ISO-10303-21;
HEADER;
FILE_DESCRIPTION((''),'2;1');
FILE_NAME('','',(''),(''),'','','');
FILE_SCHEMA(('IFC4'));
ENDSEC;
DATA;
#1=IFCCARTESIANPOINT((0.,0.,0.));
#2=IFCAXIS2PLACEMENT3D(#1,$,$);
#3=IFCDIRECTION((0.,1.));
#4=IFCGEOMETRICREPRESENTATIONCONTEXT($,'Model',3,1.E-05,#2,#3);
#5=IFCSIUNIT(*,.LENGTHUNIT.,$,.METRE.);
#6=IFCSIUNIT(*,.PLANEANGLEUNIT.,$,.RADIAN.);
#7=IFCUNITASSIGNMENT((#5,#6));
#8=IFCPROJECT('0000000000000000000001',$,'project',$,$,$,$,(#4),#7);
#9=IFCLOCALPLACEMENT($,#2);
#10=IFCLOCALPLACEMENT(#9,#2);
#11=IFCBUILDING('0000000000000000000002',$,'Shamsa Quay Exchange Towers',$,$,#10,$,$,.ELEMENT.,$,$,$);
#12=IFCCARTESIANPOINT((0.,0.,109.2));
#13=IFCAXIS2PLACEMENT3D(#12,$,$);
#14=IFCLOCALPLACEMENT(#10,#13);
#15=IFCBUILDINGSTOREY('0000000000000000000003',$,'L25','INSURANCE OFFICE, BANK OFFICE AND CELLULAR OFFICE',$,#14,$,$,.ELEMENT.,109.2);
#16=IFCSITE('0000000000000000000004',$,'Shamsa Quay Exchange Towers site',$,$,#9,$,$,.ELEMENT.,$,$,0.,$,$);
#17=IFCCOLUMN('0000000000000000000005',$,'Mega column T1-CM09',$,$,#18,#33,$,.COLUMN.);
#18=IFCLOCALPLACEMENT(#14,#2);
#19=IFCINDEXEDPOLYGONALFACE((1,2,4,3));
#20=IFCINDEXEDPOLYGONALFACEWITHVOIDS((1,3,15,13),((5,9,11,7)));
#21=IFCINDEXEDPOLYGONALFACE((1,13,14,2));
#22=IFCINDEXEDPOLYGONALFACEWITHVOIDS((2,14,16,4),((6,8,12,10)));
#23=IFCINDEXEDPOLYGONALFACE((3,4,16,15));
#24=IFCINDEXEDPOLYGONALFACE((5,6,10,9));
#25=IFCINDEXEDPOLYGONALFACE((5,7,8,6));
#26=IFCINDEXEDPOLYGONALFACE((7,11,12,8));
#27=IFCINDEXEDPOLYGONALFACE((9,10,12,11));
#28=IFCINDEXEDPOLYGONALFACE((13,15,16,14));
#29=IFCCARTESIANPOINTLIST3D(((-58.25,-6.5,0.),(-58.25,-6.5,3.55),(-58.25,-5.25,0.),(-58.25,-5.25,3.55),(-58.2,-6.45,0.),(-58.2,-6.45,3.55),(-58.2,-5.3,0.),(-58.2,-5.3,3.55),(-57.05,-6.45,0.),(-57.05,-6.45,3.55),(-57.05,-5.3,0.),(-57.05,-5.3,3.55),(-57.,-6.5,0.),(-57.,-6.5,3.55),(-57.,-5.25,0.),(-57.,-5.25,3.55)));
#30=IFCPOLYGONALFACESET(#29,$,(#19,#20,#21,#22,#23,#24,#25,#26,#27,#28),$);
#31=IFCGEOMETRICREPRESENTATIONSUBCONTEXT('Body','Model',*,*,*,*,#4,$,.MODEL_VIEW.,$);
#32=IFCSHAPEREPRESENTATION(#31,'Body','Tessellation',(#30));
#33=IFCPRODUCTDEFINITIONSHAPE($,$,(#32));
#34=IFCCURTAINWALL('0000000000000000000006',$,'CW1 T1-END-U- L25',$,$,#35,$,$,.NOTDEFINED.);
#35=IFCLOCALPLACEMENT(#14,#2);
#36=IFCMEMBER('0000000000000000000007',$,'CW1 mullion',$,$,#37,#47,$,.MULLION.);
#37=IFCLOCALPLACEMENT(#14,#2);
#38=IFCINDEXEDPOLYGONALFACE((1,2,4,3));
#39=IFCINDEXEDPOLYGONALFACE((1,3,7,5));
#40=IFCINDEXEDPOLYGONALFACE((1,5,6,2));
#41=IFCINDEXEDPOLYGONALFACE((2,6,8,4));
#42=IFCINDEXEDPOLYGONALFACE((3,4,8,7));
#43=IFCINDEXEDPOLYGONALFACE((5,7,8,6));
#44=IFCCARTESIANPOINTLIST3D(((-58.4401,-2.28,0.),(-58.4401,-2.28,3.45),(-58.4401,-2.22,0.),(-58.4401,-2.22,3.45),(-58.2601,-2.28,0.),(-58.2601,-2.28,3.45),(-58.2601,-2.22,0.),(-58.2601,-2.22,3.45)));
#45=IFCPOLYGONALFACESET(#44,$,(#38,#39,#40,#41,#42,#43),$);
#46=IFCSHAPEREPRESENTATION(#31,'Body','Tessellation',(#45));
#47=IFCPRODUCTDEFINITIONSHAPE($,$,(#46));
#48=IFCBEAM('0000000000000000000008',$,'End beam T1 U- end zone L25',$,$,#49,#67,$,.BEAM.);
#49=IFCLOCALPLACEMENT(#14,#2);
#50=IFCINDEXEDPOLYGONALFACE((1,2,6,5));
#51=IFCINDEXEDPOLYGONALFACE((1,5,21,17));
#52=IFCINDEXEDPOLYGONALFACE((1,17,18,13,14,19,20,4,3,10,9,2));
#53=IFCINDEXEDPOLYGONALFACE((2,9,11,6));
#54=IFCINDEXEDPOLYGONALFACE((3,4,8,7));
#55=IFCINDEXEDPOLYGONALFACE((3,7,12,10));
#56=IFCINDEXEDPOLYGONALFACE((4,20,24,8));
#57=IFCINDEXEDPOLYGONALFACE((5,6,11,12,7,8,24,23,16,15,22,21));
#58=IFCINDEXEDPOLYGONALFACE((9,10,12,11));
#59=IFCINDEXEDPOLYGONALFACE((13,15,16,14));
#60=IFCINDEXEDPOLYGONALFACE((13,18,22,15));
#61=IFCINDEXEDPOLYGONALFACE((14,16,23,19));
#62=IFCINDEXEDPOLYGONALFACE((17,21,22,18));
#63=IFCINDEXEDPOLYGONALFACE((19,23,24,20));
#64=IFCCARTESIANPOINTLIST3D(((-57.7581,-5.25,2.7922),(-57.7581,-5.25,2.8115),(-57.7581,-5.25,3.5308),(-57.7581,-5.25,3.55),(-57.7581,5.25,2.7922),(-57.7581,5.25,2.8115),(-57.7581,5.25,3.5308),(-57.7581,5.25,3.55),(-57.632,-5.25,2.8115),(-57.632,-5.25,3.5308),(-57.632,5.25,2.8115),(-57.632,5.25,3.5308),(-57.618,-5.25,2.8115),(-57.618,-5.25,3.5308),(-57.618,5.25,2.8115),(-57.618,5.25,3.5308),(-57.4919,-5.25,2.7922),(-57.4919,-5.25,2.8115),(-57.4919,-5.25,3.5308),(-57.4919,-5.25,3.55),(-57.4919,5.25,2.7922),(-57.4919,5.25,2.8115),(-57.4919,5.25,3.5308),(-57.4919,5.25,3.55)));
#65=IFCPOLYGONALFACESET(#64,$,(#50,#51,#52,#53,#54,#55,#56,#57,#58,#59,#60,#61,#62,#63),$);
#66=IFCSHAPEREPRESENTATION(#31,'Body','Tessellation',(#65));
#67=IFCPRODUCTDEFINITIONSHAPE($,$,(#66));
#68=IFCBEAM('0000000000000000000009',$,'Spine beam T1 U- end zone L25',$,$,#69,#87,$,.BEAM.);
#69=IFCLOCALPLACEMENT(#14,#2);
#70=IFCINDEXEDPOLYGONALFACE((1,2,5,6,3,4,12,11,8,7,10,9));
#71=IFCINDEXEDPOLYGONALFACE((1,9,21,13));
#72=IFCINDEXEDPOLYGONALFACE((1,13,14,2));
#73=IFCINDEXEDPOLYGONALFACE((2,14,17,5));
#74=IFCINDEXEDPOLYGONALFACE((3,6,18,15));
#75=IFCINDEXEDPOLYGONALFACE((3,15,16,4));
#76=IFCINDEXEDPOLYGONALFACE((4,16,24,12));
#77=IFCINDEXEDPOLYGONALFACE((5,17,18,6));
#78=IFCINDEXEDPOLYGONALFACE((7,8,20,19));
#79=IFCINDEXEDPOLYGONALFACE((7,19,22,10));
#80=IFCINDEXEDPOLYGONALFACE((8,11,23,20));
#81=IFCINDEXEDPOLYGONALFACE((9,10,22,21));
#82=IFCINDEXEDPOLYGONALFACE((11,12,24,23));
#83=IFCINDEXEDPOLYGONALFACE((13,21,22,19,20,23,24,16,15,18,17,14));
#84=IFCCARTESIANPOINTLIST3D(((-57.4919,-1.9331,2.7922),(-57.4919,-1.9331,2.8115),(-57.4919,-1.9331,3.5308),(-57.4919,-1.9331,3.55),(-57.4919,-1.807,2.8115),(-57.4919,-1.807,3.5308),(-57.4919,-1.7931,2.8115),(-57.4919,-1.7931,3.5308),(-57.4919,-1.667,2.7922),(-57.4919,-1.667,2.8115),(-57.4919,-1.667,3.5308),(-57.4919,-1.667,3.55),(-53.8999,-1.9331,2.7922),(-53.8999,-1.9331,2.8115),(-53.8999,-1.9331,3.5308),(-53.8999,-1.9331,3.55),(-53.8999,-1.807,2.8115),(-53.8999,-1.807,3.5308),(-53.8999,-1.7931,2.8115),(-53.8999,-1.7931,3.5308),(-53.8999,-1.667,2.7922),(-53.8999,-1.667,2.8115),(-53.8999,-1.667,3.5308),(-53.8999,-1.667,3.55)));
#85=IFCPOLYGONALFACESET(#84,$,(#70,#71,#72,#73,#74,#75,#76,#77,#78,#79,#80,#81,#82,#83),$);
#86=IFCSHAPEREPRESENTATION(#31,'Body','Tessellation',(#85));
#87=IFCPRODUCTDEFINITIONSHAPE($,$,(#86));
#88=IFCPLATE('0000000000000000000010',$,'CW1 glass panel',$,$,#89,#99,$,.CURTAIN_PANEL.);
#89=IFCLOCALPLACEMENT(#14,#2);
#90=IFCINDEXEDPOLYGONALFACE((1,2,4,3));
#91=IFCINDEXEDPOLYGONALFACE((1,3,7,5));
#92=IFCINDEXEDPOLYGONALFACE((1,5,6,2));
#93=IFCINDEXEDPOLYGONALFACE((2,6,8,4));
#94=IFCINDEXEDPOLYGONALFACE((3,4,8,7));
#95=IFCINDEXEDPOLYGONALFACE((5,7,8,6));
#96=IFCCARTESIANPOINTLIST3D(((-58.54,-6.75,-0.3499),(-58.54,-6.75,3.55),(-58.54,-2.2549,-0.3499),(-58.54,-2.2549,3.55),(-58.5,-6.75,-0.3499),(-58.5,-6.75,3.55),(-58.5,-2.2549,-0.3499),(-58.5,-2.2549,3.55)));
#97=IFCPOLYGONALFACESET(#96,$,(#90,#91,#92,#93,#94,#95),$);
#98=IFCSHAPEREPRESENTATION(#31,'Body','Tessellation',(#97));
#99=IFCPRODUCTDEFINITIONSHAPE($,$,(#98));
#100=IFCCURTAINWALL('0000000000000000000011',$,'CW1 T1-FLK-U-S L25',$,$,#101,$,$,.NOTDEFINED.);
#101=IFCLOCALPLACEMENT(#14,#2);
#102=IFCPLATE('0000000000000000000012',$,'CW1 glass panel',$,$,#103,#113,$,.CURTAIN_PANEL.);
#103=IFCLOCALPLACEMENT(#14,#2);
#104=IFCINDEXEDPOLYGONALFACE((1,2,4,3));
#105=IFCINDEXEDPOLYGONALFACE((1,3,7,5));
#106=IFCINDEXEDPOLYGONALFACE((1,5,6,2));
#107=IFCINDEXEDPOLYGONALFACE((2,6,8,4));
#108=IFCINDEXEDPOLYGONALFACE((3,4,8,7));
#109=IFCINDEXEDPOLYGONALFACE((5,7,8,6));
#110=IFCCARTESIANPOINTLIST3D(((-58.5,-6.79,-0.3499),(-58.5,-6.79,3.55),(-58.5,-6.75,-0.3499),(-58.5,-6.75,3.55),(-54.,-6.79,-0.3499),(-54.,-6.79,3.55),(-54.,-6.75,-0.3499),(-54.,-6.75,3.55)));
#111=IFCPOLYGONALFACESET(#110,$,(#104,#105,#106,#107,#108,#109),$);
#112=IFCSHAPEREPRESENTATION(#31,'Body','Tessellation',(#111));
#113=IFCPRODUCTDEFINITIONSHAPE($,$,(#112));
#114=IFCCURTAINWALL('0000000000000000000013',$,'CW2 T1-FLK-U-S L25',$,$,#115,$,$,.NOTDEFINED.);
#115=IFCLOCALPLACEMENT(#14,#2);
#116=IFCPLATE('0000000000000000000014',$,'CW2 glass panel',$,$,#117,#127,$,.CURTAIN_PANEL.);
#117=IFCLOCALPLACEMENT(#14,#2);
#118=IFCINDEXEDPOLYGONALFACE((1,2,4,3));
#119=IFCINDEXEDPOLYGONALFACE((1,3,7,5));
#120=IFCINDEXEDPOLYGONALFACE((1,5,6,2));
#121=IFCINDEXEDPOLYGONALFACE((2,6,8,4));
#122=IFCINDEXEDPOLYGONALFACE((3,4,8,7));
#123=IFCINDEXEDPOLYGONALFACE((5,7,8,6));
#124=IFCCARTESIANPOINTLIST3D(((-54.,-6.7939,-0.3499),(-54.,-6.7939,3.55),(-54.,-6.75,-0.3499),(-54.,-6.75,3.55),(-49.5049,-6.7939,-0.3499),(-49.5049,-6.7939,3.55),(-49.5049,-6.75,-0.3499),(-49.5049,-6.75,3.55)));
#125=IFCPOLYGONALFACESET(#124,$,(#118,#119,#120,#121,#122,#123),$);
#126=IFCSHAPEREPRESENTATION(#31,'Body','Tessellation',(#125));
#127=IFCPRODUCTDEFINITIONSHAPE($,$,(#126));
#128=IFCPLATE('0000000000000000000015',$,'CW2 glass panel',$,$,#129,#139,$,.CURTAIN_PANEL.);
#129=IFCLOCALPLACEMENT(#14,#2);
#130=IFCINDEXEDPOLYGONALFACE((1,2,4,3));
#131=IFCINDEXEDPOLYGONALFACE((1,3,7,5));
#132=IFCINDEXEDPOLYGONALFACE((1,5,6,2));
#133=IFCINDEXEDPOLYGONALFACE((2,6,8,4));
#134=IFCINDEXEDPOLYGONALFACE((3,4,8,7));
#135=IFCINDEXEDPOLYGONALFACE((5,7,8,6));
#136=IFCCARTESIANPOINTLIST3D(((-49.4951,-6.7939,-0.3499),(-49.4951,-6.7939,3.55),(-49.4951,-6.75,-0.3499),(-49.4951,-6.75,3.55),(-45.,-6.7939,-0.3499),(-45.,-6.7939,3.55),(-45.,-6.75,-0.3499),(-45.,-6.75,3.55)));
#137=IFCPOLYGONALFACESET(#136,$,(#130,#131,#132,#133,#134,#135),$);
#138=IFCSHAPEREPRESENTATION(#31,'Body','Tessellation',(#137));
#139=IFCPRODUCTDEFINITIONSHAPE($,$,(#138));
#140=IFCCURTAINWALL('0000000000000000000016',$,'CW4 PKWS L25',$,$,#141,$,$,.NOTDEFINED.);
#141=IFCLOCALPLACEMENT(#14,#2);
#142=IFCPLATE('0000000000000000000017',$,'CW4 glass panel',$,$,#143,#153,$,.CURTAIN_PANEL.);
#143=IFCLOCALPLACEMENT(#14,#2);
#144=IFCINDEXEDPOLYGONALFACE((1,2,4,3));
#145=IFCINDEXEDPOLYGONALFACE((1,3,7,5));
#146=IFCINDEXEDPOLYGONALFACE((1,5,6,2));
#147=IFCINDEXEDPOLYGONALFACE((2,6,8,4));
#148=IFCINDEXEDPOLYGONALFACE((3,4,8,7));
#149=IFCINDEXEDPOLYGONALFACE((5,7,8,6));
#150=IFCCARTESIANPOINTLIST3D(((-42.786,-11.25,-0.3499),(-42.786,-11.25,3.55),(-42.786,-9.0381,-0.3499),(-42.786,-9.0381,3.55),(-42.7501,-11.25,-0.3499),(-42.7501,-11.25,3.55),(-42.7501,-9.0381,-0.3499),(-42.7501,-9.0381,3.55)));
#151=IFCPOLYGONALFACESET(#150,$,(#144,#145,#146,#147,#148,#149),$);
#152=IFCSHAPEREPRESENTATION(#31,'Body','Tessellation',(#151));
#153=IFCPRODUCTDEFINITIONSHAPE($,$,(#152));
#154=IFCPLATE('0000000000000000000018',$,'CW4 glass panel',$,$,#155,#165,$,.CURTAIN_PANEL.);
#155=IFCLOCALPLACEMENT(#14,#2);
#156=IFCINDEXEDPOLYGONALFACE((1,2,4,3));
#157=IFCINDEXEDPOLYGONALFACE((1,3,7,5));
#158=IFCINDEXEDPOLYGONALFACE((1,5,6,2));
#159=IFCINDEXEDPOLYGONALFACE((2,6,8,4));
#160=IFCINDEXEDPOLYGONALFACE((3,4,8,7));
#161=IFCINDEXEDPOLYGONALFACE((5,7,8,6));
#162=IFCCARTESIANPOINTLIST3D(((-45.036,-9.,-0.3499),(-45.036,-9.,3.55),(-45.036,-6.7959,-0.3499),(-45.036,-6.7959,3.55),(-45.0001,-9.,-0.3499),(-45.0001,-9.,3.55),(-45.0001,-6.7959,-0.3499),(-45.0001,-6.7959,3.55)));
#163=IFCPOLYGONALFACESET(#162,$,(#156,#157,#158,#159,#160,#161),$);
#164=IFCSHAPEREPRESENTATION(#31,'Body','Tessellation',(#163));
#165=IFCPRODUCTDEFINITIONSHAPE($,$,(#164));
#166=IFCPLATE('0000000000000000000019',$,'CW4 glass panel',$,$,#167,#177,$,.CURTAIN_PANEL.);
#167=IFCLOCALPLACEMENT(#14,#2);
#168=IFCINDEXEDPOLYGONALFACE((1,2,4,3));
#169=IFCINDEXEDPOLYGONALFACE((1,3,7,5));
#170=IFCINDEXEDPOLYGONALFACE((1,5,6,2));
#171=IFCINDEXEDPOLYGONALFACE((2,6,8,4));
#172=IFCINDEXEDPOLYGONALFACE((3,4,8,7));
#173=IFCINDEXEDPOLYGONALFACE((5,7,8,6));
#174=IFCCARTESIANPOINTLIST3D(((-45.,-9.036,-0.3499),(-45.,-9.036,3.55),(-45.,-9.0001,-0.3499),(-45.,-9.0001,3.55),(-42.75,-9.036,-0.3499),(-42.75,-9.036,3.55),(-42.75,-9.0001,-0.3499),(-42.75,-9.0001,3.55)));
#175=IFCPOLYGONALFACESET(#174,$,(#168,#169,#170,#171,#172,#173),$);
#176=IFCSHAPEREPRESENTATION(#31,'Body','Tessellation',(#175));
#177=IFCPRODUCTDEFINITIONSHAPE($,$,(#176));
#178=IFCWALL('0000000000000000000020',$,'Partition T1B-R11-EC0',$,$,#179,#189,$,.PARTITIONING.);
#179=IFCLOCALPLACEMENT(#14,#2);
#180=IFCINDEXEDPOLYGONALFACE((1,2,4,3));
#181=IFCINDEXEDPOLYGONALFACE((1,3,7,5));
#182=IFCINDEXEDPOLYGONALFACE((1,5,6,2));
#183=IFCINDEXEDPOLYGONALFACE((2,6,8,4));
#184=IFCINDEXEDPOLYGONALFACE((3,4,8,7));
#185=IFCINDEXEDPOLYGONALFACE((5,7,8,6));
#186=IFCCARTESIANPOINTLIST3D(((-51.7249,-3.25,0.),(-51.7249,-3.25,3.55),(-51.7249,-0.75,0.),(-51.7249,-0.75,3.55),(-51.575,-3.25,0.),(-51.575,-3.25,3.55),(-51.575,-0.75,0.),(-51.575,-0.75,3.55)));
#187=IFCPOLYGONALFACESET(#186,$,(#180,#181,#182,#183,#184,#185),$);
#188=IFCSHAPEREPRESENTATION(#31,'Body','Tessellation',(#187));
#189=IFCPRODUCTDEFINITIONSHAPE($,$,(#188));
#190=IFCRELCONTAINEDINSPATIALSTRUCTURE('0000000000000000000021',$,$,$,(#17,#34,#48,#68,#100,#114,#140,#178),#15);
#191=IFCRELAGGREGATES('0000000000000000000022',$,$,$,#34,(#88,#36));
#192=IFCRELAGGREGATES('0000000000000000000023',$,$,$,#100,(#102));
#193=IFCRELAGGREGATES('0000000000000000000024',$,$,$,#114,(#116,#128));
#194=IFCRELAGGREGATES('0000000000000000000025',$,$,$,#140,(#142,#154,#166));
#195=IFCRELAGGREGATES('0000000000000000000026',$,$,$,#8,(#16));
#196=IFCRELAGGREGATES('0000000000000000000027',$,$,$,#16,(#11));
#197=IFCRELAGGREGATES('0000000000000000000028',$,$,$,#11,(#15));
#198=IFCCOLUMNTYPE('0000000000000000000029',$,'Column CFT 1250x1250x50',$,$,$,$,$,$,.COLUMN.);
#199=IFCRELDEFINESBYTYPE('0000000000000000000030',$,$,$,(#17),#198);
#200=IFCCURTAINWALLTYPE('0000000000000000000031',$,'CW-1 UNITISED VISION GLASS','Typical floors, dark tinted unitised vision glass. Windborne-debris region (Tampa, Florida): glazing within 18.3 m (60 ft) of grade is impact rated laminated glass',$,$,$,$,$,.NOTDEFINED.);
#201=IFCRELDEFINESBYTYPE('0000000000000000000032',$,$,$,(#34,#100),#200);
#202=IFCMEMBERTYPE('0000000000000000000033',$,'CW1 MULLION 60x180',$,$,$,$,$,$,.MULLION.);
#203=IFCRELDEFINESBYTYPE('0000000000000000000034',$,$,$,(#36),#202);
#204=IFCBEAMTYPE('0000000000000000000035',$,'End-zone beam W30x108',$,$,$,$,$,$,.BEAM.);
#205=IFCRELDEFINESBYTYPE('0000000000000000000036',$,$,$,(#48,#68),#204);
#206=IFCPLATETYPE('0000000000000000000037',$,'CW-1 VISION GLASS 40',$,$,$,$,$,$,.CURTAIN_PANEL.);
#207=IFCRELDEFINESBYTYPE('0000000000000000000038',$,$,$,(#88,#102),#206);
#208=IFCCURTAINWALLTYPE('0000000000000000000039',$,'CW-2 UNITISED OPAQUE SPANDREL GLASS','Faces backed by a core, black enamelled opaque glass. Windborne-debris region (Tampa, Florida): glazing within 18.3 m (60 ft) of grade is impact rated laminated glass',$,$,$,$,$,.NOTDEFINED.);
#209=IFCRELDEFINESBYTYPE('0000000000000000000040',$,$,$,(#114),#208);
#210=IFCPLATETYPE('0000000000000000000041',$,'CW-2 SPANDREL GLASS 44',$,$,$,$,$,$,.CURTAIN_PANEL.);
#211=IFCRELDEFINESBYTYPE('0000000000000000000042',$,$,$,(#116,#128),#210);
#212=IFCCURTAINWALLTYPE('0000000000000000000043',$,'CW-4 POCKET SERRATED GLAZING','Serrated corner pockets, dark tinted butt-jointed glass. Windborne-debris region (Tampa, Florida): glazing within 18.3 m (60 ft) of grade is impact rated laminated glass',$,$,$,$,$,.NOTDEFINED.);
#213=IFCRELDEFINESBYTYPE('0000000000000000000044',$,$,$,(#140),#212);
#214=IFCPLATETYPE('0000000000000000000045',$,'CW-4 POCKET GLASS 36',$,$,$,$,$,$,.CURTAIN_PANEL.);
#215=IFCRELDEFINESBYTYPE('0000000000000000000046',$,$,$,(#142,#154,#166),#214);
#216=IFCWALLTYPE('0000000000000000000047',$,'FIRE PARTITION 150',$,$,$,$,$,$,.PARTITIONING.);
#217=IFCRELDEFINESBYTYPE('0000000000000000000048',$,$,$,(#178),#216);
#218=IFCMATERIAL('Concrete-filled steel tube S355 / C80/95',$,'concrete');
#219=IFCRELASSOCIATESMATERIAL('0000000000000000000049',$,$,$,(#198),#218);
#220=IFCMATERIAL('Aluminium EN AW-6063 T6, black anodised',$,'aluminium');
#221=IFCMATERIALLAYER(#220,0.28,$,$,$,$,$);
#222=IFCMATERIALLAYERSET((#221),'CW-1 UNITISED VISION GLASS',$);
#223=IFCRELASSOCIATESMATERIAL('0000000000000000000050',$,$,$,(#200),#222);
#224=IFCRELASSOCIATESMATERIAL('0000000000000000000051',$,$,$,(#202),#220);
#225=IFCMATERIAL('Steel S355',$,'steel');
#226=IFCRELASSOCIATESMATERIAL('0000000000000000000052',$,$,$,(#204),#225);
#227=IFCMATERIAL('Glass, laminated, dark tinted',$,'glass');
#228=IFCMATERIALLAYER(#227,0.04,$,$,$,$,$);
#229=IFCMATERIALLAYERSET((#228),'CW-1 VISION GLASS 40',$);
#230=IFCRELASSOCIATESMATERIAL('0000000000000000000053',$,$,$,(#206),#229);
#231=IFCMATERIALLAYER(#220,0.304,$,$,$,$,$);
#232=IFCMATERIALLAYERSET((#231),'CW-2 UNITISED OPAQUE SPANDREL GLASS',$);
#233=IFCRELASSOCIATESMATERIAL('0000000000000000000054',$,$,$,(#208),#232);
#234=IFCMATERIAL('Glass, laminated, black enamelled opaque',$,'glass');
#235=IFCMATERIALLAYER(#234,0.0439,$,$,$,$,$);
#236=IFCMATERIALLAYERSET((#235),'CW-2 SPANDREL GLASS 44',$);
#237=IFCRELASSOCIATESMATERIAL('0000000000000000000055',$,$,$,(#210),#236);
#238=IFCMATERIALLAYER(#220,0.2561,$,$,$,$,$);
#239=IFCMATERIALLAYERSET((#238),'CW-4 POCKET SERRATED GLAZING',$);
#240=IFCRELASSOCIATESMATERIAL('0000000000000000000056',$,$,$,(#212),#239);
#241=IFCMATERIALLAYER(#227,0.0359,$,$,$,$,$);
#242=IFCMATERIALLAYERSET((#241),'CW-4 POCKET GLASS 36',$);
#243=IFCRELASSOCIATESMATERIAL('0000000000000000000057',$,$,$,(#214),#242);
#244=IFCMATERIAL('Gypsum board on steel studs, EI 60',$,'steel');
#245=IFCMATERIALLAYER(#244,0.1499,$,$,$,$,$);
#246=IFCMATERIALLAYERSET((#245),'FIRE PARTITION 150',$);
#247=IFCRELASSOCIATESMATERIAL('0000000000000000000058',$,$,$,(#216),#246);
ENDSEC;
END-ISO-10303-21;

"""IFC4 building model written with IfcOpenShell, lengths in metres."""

from ifc_helpers import new_model, si_unit, direction, frame, frame_2d, origin, origin_2d, place, context, subcontext, project, spatial, rectangle, hollow_rectangle, i_section, extrude, material, layer, layer_set, material_profile, profile_set, type_object, element, aggregate, save


model = new_model("IFC4")

# Units and contexts
model_context = context("Model", 3, precision=1e-05, world=origin(), true_north=direction((0.0, 1.0)))
body_context = subcontext(model_context, "Body", "Model", "MODEL_VIEW")
ifc_project = project(units=[si_unit("LENGTHUNIT", "METRE"), si_unit("PLANEANGLEUNIT", "RADIAN")], contexts=[model_context])

# Site, building, storey
site_placement = place(None, origin())
site = spatial("IfcSite", under=ifc_project, at=site_placement, Name="Shamsa Quay Exchange Towers site", CompositionType="ELEMENT", RefElevation=0.0)
building_placement = place(site_placement, origin())
building = spatial("IfcBuilding", under=site, at=building_placement, Name="Shamsa Quay Exchange Towers", CompositionType="ELEMENT")
storey_placement = place(building_placement, frame((0.0, 0.0, 109.2)))
storey = spatial("IfcBuildingStorey", under=building, at=storey_placement, Name="L25", Description="INSURANCE OFFICE, BANK OFFICE AND CELLULAR OFFICE", CompositionType="ELEMENT", Elevation=109.2)

# Column
ifc_material_1 = material(Name="Concrete-filled steel tube S355 / C80/95", Category="concrete")
ifc_material_profile_1 = material_profile(ifc_material_1, hollow_rectangle(XDim=1.25, YDim=1.25, WallThickness=0.05, at=origin_2d()), Name="CFT 1250x1250x50")
ifc_profile_set_1 = profile_set([ifc_material_profile_1], Name="Concrete-filled steel tube S355 / C80/95")
column_type = type_object("IfcColumnType", Name="Column CFT 1250x1250x50", PredefinedType="COLUMN", material=ifc_profile_set_1)
column_placement = place(storey_placement, frame((-57.625, -5.875, 0.0)))
element("IfcColumn", 1, at=column_placement, inside=storey, type_object=column_type, Name="Mega column T1-CM09", PredefinedType="COLUMN", context=body_context, shape_type="SweptSolid", body=[
    extrude(hollow_rectangle(XDim=1.25, YDim=1.25, WallThickness=0.05, at=origin_2d()), origin(), (0.0, 0.0, 1.0), 3.55),
])

# Curtain wall, member
ifc_material_2 = material(Name="Aluminium EN AW-6063 T6, black anodised", Category="aluminium")
ifc_layer_1 = layer(ifc_material_2, 0.28)
ifc_layer_set_1 = layer_set([ifc_layer_1], Name="CW-1 UNITISED VISION GLASS")
curtain_wall_type_1 = type_object("IfcCurtainWallType", Name="CW-1 UNITISED VISION GLASS", Description="Typical floors, dark tinted unitised vision glass. Windborne-debris region (Tampa, Florida): glazing within 18.3 m (60 ft) of grade is impact rated laminated glass", PredefinedType="NOTDEFINED", material=ifc_layer_set_1)
curtain_wall_1_placement = place(storey_placement, origin())
curtain_wall_1 = element("IfcCurtainWall", 2, at=curtain_wall_1_placement, inside=storey, type_object=curtain_wall_type_1, Name="CW1 T1-END-U- L25", PredefinedType="NOTDEFINED")
ifc_material_profile_2 = material_profile(ifc_material_2, rectangle(XDim=0.1799, YDim=0.0601, at=origin_2d()), Name="MU60x180")
ifc_profile_set_2 = profile_set([ifc_material_profile_2], Name="Aluminium EN AW-6063 T6, black anodised")
member_type = type_object("IfcMemberType", Name="CW1 MULLION 60x180", PredefinedType="MULLION", material=ifc_profile_set_2)
member_placement = place(storey_placement, frame((-58.3501, -2.25, 0.0)))
member = element("IfcMember", 3, at=member_placement, type_object=member_type, Name="CW1 mullion", PredefinedType="MULLION", context=body_context, shape_type="SweptSolid", body=[
    extrude(rectangle(XDim=0.1799, YDim=0.0601, at=origin_2d()), origin(), (0.0, 0.0, 1.0), 3.45),
])

# Beams
ifc_material_3 = material(Name="Steel S355", Category="steel")
ifc_material_profile_3 = material_profile(ifc_material_3, i_section(OverallWidth=0.2661, OverallDepth=0.7578, WebThickness=0.0139, FlangeThickness=0.0193, at=origin_2d()), Name="W30x108")
ifc_profile_set_3 = profile_set([ifc_material_profile_3], Name="Steel S355")
beam_type = type_object("IfcBeamType", Name="End-zone beam W30x108", PredefinedType="BEAM", material=ifc_profile_set_3)
beam_1_placement = place(storey_placement, frame((-57.625, -5.25, 3.1711), z_axis=(0.0, 1.0, 0.0), x_axis=(-1.0, 0.0, 0.0)))
element("IfcBeam", 4, at=beam_1_placement, inside=storey, type_object=beam_type, Name="End beam T1 U- end zone L25", PredefinedType="BEAM", context=body_context, shape_type="SweptSolid", body=[
    extrude(i_section(OverallWidth=0.2661, OverallDepth=0.7578, WebThickness=0.0139, FlangeThickness=0.0193, at=origin_2d()), origin(), (0.0, 0.0, 1.0), 10.5),
])
beam_2_placement = place(storey_placement, frame((-53.8999, -1.8, 3.1711), z_axis=(-1.0, 0.0, 0.0), x_axis=(0.0, -1.0, 0.0)))
element("IfcBeam", 5, at=beam_2_placement, inside=storey, type_object=beam_type, Name="Spine beam T1 U- end zone L25", PredefinedType="BEAM", context=body_context, shape_type="SweptSolid", body=[
    extrude(i_section(OverallWidth=0.2661, OverallDepth=0.7578, WebThickness=0.0139, FlangeThickness=0.0193, at=origin_2d()), origin(), (0.0, 0.0, 1.0), 3.592),
])

# Plate
ifc_material_4 = material(Name="Glass, laminated, dark tinted", Category="glass")
ifc_layer_2 = layer(ifc_material_4, 0.04)
ifc_layer_set_2 = layer_set([ifc_layer_2], Name="CW-1 VISION GLASS 40")
plate_type_1 = type_object("IfcPlateType", Name="CW-1 VISION GLASS 40", PredefinedType="CURTAIN_PANEL", material=ifc_layer_set_2)
plate_1_placement = place(storey_placement, frame((-58.52, -4.5024, -0.3499), z_axis=(0.0, 0.0, 1.0), x_axis=(0.0, -1.0, 0.0)))
plate_1 = element("IfcPlate", 6, at=plate_1_placement, type_object=plate_type_1, Name="CW1 glass panel", PredefinedType="CURTAIN_PANEL", context=body_context, shape_type="SweptSolid", body=[
    extrude(rectangle(XDim=4.4951, YDim=0.04, at=origin_2d()), origin(), (0.0, 0.0, 1.0), 3.8999),
])
aggregate(curtain_wall_1, [plate_1, member])

# Curtain wall, plate
curtain_wall_2_placement = place(storey_placement, origin())
curtain_wall_2 = element("IfcCurtainWall", 7, at=curtain_wall_2_placement, inside=storey, type_object=curtain_wall_type_1, Name="CW1 T1-FLK-U-S L25", PredefinedType="NOTDEFINED")
plate_2_placement = place(storey_placement, frame((-56.25, -6.77, -0.3499)))
plate_2 = element("IfcPlate", 8, at=plate_2_placement, type_object=plate_type_1, Name="CW1 glass panel", PredefinedType="CURTAIN_PANEL", context=body_context, shape_type="SweptSolid", body=[
    extrude(rectangle(XDim=4.5, YDim=0.04, at=origin_2d()), origin(), (0.0, 0.0, 1.0), 3.8999),
])
aggregate(curtain_wall_2, [plate_2])

# Curtain walls, plates
ifc_layer_3 = layer(ifc_material_2, 0.304)
ifc_layer_set_3 = layer_set([ifc_layer_3], Name="CW-2 UNITISED OPAQUE SPANDREL GLASS")
curtain_wall_type_2 = type_object("IfcCurtainWallType", Name="CW-2 UNITISED OPAQUE SPANDREL GLASS", Description="Faces backed by a core, black enamelled opaque glass. Windborne-debris region (Tampa, Florida): glazing within 18.3 m (60 ft) of grade is impact rated laminated glass", PredefinedType="NOTDEFINED", material=ifc_layer_set_3)
curtain_wall_3_placement = place(storey_placement, origin())
curtain_wall_3 = element("IfcCurtainWall", 9, at=curtain_wall_3_placement, inside=storey, type_object=curtain_wall_type_2, Name="CW2 T1-FLK-U-S L25", PredefinedType="NOTDEFINED")
ifc_material_5 = material(Name="Glass, laminated, black enamelled opaque", Category="glass")
ifc_layer_4 = layer(ifc_material_5, 0.0439)
ifc_layer_set_4 = layer_set([ifc_layer_4], Name="CW-2 SPANDREL GLASS 44")
plate_type_2 = type_object("IfcPlateType", Name="CW-2 SPANDREL GLASS 44", PredefinedType="CURTAIN_PANEL", material=ifc_layer_set_4)
plate_3_placement = place(storey_placement, frame((-51.7524, -6.772, -0.3499)))
plate_3 = element("IfcPlate", 10, at=plate_3_placement, type_object=plate_type_2, Name="CW2 glass panel", PredefinedType="CURTAIN_PANEL", context=body_context, shape_type="SweptSolid", body=[
    extrude(rectangle(XDim=4.4951, YDim=0.0439, at=origin_2d()), origin(), (0.0, 0.0, 1.0), 3.8999),
])
plate_4_placement = place(storey_placement, frame((-47.2476, -6.772, -0.3499)))
plate_4 = element("IfcPlate", 11, at=plate_4_placement, type_object=plate_type_2, Name="CW2 glass panel", PredefinedType="CURTAIN_PANEL", context=body_context, shape_type="SweptSolid", body=[
    extrude(rectangle(XDim=4.4951, YDim=0.0439, at=origin_2d()), origin(), (0.0, 0.0, 1.0), 3.8999),
])
aggregate(curtain_wall_3, [plate_3, plate_4])
ifc_layer_5 = layer(ifc_material_2, 0.2561)
ifc_layer_set_5 = layer_set([ifc_layer_5], Name="CW-4 POCKET SERRATED GLAZING")
curtain_wall_type_3 = type_object("IfcCurtainWallType", Name="CW-4 POCKET SERRATED GLAZING", Description="Serrated corner pockets, dark tinted butt-jointed glass. Windborne-debris region (Tampa, Florida): glazing within 18.3 m (60 ft) of grade is impact rated laminated glass", PredefinedType="NOTDEFINED", material=ifc_layer_set_5)
curtain_wall_4_placement = place(storey_placement, origin())
curtain_wall_4 = element("IfcCurtainWall", 12, at=curtain_wall_4_placement, inside=storey, type_object=curtain_wall_type_3, Name="CW4 PKWS L25", PredefinedType="NOTDEFINED")
ifc_layer_6 = layer(ifc_material_4, 0.0359)
ifc_layer_set_6 = layer_set([ifc_layer_6], Name="CW-4 POCKET GLASS 36")
plate_type_3 = type_object("IfcPlateType", Name="CW-4 POCKET GLASS 36", PredefinedType="CURTAIN_PANEL", material=ifc_layer_set_6)
plate_5_placement = place(storey_placement, frame((-42.7681, -10.144, -0.3499), z_axis=(0.0, 0.0, 1.0), x_axis=(0.0, -1.0, 0.0)))
plate_5 = element("IfcPlate", 13, at=plate_5_placement, type_object=plate_type_3, Name="CW4 glass panel", PredefinedType="CURTAIN_PANEL", context=body_context, shape_type="SweptSolid", body=[
    extrude(rectangle(XDim=2.2119, YDim=0.0359, at=origin_2d()), origin(), (0.0, 0.0, 1.0), 3.8999),
])
plate_6_placement = place(storey_placement, frame((-45.0181, -7.8979, -0.3499), z_axis=(0.0, 0.0, 1.0), x_axis=(0.0, -1.0, 0.0)))
plate_6 = element("IfcPlate", 14, at=plate_6_placement, type_object=plate_type_3, Name="CW4 glass panel", PredefinedType="CURTAIN_PANEL", context=body_context, shape_type="SweptSolid", body=[
    extrude(rectangle(XDim=2.2041, YDim=0.0359, at=origin_2d()), origin(), (0.0, 0.0, 1.0), 3.8999),
])
plate_7_placement = place(storey_placement, frame((-43.875, -9.0181, -0.3499)))
plate_7 = element("IfcPlate", 15, at=plate_7_placement, type_object=plate_type_3, Name="CW4 glass panel", PredefinedType="CURTAIN_PANEL", context=body_context, shape_type="SweptSolid", body=[
    extrude(rectangle(XDim=2.25, YDim=0.0359, at=origin_2d()), origin(), (0.0, 0.0, 1.0), 3.8999),
])
aggregate(curtain_wall_4, [plate_5, plate_6, plate_7])

# Wall
ifc_material_6 = material(Name="Gypsum board on steel studs, EI 60", Category="steel")
ifc_layer_7 = layer(ifc_material_6, 0.1499)
ifc_layer_set_7 = layer_set([ifc_layer_7], Name="FIRE PARTITION 150")
wall_type_1 = type_object("IfcWallType", Name="FIRE PARTITION 150", PredefinedType="PARTITIONING", material=ifc_layer_set_7)
wall_1_placement = place(storey_placement, frame((-51.6499, -3.25, 0.0), z_axis=(0.0, 0.0, 1.0), x_axis=(0.0, 1.0, 0.0)))
element("IfcWall", 16, at=wall_1_placement, inside=storey, type_object=wall_type_1, Name="Partition T1B-R11-EC0", PredefinedType="PARTITIONING", context=body_context, shape_type="SweptSolid", body=[
    extrude(rectangle(XDim=2.5, YDim=0.1499, at=frame_2d((1.25, 0.0))), origin(), (0.0, 0.0, 1.0), 3.55),
])

save(model, "model.ifc")
